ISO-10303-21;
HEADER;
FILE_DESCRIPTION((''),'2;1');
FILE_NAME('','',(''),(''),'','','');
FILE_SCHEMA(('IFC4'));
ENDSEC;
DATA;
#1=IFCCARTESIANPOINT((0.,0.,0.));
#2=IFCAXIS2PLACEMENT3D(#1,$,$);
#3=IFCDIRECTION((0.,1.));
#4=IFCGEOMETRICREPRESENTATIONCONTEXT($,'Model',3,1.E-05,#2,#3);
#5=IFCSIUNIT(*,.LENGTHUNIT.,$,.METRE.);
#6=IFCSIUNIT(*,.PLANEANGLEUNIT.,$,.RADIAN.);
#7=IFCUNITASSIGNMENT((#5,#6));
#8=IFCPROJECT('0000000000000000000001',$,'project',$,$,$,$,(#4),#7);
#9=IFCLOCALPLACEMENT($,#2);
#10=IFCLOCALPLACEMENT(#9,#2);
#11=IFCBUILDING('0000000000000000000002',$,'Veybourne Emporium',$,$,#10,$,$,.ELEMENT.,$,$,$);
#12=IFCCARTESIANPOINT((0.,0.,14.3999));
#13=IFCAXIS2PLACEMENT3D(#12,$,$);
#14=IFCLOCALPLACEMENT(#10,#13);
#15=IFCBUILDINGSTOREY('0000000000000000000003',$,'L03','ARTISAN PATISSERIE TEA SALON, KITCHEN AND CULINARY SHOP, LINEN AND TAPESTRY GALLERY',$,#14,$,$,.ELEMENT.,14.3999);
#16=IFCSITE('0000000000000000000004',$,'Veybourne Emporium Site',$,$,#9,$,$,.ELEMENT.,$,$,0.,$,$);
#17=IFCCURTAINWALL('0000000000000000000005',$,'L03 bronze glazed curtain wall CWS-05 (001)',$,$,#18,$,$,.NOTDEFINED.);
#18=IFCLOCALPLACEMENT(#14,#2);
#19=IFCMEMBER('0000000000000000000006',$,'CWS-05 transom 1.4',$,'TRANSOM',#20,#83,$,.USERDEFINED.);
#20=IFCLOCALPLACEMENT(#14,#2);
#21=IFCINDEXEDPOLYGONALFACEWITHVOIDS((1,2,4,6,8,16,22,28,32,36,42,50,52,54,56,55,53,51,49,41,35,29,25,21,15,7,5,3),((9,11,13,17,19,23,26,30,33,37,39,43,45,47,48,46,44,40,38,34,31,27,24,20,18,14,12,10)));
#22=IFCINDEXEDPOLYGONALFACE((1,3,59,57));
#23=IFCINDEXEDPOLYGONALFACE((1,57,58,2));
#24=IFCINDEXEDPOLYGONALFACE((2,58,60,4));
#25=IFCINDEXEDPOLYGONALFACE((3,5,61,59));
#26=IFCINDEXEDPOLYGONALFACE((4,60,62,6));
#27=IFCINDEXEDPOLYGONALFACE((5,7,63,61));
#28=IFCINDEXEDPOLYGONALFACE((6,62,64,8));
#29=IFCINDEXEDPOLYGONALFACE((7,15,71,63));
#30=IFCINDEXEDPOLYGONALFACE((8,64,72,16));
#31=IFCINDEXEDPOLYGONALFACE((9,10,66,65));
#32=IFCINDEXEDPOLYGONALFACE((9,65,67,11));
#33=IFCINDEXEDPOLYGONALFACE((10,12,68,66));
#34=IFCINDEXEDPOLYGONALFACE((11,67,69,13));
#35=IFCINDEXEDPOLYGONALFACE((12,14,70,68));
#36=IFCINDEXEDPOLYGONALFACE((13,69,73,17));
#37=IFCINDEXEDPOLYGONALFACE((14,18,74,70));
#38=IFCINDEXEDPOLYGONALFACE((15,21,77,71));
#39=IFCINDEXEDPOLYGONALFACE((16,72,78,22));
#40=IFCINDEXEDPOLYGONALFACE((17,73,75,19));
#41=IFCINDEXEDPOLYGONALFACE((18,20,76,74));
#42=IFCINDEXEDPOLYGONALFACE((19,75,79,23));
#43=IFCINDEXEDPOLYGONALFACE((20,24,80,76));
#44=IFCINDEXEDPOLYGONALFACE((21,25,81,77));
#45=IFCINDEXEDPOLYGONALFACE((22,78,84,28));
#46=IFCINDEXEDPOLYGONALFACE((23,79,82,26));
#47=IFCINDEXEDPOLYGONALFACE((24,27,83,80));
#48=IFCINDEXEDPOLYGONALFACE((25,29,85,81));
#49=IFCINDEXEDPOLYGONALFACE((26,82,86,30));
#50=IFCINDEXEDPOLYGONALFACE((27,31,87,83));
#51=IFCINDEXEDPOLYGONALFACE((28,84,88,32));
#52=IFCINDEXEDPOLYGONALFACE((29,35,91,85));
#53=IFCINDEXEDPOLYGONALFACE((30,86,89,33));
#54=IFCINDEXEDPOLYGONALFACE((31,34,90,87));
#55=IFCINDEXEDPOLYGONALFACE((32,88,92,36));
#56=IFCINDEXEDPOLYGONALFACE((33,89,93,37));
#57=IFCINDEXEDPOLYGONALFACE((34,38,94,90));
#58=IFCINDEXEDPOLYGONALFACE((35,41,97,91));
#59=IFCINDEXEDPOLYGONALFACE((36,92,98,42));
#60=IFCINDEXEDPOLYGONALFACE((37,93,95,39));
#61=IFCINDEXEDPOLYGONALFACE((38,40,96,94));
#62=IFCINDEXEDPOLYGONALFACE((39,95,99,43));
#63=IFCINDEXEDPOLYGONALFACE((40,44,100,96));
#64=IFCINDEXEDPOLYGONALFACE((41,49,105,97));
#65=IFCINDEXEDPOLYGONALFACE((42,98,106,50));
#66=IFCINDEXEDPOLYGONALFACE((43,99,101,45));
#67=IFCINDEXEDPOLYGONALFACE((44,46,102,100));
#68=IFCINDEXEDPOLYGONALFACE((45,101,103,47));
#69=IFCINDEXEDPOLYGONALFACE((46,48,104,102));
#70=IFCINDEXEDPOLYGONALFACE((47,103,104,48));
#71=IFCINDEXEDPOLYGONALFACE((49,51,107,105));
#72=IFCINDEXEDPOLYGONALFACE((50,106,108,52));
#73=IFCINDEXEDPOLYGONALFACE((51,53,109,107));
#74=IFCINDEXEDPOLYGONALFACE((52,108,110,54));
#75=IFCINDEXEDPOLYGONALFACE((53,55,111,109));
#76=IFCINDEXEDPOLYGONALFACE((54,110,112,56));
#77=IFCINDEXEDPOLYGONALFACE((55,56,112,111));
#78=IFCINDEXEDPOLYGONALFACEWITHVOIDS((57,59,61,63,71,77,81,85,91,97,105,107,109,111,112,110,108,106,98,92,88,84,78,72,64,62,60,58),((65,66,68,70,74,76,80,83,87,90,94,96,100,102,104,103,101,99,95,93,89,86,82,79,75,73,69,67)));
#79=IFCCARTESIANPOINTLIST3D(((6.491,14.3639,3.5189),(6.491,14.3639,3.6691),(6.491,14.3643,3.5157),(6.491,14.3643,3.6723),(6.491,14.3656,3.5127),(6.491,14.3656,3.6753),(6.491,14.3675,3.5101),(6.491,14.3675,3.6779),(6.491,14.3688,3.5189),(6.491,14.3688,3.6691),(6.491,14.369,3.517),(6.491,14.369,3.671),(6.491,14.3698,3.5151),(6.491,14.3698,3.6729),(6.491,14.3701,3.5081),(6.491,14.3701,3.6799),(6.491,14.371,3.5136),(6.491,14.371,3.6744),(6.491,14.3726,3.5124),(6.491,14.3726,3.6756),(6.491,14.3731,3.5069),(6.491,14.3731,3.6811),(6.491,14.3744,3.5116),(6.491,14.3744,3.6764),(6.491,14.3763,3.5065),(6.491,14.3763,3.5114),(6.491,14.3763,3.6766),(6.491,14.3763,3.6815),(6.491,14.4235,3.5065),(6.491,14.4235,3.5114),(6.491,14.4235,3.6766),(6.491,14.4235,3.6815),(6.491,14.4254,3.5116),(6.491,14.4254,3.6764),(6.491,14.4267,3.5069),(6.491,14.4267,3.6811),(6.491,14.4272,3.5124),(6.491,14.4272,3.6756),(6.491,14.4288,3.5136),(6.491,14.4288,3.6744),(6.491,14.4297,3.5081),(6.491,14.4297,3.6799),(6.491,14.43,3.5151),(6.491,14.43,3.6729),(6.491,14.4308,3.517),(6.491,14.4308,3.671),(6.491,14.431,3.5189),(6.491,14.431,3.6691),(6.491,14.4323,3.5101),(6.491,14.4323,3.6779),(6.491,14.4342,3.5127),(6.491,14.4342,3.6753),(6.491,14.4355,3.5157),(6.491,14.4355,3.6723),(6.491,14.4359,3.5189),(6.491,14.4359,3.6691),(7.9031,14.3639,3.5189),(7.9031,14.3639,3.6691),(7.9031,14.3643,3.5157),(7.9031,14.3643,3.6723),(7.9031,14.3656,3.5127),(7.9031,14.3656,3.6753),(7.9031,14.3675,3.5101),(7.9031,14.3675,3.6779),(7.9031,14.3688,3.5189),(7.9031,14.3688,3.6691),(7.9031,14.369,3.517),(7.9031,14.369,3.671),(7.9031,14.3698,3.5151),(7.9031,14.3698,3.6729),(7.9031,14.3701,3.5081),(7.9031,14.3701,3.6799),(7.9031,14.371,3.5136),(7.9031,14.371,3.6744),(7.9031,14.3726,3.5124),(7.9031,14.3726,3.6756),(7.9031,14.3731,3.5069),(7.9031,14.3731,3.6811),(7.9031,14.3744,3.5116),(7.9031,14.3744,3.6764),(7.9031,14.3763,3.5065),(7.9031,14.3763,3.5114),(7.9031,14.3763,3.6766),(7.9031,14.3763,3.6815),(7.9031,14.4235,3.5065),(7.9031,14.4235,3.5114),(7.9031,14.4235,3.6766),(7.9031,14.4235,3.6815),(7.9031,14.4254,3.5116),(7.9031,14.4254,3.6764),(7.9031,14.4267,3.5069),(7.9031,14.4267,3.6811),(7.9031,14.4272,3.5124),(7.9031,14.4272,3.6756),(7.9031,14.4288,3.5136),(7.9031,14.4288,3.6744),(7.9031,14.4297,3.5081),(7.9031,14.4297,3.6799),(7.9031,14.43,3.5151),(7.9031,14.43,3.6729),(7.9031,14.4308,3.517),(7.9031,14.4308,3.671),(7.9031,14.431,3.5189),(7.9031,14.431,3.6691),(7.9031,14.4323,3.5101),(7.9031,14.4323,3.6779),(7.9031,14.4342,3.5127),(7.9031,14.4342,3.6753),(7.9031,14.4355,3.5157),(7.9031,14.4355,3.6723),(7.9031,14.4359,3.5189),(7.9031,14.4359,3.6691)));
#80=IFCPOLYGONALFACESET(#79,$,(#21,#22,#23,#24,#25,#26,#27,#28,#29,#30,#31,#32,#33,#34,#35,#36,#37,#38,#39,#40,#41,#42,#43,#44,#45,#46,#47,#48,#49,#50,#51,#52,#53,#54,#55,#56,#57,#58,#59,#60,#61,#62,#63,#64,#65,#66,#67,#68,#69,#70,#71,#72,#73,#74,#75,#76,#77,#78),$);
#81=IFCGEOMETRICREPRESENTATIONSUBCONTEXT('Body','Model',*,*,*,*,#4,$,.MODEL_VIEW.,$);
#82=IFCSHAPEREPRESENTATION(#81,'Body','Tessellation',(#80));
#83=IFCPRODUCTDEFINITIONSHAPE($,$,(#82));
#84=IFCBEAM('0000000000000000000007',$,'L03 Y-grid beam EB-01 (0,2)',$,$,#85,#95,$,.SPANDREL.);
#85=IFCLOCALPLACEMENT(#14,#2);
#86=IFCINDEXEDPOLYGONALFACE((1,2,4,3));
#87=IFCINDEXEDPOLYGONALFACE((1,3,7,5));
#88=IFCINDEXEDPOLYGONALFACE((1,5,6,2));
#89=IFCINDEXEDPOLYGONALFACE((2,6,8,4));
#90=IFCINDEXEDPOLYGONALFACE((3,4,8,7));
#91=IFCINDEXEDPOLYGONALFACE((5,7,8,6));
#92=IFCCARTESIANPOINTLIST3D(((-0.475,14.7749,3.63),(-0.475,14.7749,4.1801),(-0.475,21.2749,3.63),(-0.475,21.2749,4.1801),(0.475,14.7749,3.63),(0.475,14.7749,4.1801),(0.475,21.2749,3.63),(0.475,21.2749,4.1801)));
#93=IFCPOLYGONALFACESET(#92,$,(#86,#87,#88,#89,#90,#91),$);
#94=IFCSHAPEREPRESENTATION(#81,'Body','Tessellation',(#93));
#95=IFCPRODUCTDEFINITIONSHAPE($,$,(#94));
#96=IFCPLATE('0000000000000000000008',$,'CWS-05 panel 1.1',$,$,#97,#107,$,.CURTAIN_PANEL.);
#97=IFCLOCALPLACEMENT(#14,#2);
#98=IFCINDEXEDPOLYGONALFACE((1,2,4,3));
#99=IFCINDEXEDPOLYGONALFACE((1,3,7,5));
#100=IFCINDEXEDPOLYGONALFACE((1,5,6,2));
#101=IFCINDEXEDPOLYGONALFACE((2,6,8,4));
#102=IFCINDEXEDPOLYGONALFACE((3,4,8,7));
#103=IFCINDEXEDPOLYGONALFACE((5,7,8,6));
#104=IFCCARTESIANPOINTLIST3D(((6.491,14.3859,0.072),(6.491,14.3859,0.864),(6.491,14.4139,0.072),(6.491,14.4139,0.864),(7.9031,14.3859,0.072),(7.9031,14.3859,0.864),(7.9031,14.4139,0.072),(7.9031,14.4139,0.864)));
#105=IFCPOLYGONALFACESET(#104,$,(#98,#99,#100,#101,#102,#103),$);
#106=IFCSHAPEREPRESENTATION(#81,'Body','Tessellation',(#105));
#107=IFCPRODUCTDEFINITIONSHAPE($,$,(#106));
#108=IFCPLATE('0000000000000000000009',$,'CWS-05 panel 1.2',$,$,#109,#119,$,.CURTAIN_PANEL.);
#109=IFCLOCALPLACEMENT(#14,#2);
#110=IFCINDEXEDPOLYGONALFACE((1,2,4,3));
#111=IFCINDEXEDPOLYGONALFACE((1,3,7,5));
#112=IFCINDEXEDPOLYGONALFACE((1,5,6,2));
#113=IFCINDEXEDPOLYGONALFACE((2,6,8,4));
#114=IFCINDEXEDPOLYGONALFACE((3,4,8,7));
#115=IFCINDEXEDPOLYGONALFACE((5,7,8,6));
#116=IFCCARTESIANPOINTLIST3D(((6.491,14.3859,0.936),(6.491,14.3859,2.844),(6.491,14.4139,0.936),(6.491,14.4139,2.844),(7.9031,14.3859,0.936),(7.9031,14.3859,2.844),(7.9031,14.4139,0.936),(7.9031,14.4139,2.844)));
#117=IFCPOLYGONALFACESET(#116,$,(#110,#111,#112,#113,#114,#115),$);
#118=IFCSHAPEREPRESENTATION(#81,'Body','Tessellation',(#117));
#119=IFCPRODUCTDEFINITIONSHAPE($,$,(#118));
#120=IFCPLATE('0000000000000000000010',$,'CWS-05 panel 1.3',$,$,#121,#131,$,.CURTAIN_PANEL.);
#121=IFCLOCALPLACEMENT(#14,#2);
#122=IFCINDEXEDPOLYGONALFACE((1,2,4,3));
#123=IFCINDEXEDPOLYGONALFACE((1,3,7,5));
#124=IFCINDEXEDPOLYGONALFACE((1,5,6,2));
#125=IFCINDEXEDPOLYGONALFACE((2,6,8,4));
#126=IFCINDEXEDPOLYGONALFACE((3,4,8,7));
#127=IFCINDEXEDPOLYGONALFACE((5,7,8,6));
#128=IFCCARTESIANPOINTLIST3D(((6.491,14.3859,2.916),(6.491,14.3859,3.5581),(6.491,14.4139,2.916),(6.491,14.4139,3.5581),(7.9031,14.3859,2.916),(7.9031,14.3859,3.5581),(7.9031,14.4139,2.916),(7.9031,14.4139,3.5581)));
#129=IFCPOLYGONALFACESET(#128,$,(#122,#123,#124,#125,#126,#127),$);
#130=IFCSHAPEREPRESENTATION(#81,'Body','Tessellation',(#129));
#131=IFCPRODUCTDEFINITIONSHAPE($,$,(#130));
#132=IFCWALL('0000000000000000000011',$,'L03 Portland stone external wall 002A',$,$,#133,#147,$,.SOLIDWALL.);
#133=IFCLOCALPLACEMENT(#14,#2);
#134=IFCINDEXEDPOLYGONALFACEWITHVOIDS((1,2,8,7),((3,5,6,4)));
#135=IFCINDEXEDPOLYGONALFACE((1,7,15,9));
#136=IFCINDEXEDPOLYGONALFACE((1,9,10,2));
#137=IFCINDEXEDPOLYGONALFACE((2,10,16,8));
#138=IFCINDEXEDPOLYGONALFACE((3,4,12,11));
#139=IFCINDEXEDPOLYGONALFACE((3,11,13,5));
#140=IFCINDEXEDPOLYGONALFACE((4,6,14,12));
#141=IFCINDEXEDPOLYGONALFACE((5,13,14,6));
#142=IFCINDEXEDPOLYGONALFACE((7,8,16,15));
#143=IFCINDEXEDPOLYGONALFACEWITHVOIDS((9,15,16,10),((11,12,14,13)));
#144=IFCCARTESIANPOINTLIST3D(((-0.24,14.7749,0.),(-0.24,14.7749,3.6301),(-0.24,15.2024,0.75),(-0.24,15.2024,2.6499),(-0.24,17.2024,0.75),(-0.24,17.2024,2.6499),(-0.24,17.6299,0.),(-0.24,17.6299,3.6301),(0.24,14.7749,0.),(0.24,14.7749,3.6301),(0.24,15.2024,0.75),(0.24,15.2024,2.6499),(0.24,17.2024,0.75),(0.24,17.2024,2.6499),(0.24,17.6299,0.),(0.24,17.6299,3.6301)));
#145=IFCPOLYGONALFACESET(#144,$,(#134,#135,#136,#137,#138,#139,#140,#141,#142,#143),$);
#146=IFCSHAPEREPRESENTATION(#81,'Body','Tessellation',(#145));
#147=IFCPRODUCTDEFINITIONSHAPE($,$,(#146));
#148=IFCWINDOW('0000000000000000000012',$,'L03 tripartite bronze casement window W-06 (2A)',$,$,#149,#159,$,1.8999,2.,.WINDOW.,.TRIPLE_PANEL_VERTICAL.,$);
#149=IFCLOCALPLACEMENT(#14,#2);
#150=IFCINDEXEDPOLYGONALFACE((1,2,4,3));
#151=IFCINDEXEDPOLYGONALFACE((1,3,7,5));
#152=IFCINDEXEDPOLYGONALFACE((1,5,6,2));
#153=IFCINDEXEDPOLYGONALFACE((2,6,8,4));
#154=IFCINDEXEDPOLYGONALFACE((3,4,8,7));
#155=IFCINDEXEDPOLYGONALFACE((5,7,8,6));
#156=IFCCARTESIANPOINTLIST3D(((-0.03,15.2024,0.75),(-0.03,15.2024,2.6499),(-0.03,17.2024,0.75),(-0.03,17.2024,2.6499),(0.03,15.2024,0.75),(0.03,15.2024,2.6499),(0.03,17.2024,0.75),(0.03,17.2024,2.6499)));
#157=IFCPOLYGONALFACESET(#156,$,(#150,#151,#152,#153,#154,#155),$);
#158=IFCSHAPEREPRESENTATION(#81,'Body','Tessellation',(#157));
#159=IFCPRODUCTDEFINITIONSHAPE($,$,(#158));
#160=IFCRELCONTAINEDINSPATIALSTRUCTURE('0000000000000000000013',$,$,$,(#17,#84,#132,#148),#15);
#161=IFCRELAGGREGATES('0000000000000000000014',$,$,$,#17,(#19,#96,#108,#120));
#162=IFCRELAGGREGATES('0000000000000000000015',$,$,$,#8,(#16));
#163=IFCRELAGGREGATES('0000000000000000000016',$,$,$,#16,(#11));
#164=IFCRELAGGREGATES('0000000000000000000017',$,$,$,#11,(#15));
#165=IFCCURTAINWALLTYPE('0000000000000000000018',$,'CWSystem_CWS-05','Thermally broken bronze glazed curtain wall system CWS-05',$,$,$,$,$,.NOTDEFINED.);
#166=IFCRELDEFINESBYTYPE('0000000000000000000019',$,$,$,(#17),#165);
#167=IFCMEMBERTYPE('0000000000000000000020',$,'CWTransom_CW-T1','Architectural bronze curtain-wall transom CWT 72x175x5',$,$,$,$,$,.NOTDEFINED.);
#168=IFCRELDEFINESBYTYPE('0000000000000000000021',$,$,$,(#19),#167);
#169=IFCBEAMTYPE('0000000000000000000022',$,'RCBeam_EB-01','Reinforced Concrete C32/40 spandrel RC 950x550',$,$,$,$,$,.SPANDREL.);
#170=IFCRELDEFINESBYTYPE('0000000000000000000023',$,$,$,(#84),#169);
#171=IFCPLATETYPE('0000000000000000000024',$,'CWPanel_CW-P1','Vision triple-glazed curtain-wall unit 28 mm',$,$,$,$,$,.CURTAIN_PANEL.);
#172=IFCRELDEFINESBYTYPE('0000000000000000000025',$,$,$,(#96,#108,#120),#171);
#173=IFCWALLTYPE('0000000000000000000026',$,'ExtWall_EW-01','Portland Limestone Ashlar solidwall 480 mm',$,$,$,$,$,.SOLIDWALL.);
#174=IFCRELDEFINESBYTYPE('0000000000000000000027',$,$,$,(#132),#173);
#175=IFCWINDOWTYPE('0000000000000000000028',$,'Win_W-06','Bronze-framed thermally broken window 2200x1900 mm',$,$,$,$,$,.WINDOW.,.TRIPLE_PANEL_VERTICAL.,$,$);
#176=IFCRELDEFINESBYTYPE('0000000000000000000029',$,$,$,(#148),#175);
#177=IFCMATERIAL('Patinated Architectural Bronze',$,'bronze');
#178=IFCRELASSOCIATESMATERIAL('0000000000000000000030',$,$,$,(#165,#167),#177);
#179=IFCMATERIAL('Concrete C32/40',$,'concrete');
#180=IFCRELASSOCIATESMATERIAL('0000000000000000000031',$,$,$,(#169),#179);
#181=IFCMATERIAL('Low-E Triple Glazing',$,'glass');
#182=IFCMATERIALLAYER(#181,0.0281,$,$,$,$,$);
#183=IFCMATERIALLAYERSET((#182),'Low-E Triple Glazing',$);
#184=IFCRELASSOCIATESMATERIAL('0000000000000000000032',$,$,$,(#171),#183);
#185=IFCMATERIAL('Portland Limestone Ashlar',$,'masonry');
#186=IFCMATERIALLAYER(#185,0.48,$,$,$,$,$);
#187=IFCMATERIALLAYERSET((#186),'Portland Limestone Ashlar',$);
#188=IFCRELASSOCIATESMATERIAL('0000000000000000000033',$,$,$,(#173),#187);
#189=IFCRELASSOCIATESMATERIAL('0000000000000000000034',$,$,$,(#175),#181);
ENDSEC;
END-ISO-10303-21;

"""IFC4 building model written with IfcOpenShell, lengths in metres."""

from ifc_helpers import new_model, si_unit, direction, frame, frame_2d, origin, origin_2d, place, context, subcontext, project, spatial, rectangle, hollow_rectangle, extrude, material, layer, layer_set, material_profile, profile_set, type_object, element, fill, aggregate, save


model = new_model("IFC4")

# Units and contexts
model_context = context("Model", 3, precision=1e-05, world=origin(), true_north=direction((0.0, 1.0)))
body_context = subcontext(model_context, "Body", "Model", "MODEL_VIEW")
ifc_project = project(units=[si_unit("LENGTHUNIT", "METRE"), si_unit("PLANEANGLEUNIT", "RADIAN")], contexts=[model_context])

# Site, building, storey
site_placement = place(None, origin())
site = spatial("IfcSite", under=ifc_project, at=site_placement, Name="Veybourne Emporium Site", CompositionType="ELEMENT", RefElevation=0.0)
building_placement = place(site_placement, origin())
building = spatial("IfcBuilding", under=site, at=building_placement, Name="Veybourne Emporium", CompositionType="ELEMENT")
storey_placement = place(building_placement, frame((0.0, 0.0, 14.3999)))
storey = spatial("IfcBuildingStorey", under=building, at=storey_placement, Name="L03", Description="ARTISAN PATISSERIE TEA SALON, KITCHEN AND CULINARY SHOP, LINEN AND TAPESTRY GALLERY", CompositionType="ELEMENT", Elevation=14.3999)

# Curtain wall, member
ifc_material_1 = material(Name="Patinated Architectural Bronze", Category="bronze")
curtain_wall_type = type_object("IfcCurtainWallType", Name="CWSystem_CWS-05", Description="Thermally broken bronze glazed curtain wall system CWS-05", PredefinedType="NOTDEFINED", material=ifc_material_1)
curtain_wall_placement = place(storey_placement, origin())
curtain_wall = element("IfcCurtainWall", 1, at=curtain_wall_placement, inside=storey, type_object=curtain_wall_type, Name="L03 bronze glazed curtain wall CWS-05 (001)", PredefinedType="NOTDEFINED")
ifc_material_profile_1 = material_profile(ifc_material_1, hollow_rectangle(XDim=0.072, YDim=0.175, WallThickness=0.0049, InnerFilletRadius=0.0076, OuterFilletRadius=0.0125, at=origin_2d()), Name="CWT 72x175x5")
ifc_profile_set_1 = profile_set([ifc_material_profile_1], Name="Patinated Architectural Bronze")
member_type_1 = type_object("IfcMemberType", Name="CWTransom_CW-T1", Description="Architectural bronze curtain-wall transom CWT 72x175x5", PredefinedType="NOTDEFINED", material=ifc_profile_set_1)
member_1_placement = place(storey_placement, frame((7.9031, 14.3999, 3.594), z_axis=(-1.0, 0.0, 0.0), x_axis=(0.0, -1.0, 0.0)))
member_1 = element("IfcMember", 2, at=member_1_placement, type_object=member_type_1, Name="CWS-05 transom 1.4", ObjectType="TRANSOM", PredefinedType="USERDEFINED", context=body_context, shape_type="SweptSolid", body=[
    extrude(hollow_rectangle(XDim=0.072, YDim=0.175, WallThickness=0.0049, InnerFilletRadius=0.0076, OuterFilletRadius=0.0125, at=origin_2d()), origin(), (0.0, 0.0, 1.0), 1.4121),
])

# Beam
ifc_material_2 = material(Name="Concrete C32/40", Category="concrete")
ifc_material_profile_2 = material_profile(ifc_material_2, rectangle(XDim=0.95, YDim=0.55, at=origin_2d()), Name="RC 950x550")
ifc_profile_set_2 = profile_set([ifc_material_profile_2], Name="Concrete C32/40")
beam_type = type_object("IfcBeamType", Name="RCBeam_EB-01", Description="Reinforced Concrete C32/40 spandrel RC 950x550", PredefinedType="SPANDREL", material=ifc_profile_set_2)
beam_placement = place(storey_placement, frame((0.0, 14.7749, 3.905), z_axis=(0.0, 1.0, 0.0), x_axis=(-1.0, 0.0, 0.0)))
element("IfcBeam", 3, at=beam_placement, inside=storey, type_object=beam_type, Name="L03 Y-grid beam EB-01 (0,2)", PredefinedType="SPANDREL", context=body_context, shape_type="SweptSolid", body=[
    extrude(rectangle(XDim=0.95, YDim=0.55, at=origin_2d()), origin(), (0.0, 0.0, 1.0), 6.5),
])

# Plates
ifc_material_3 = material(Name="Low-E Triple Glazing", Category="glass")
ifc_layer_1 = layer(ifc_material_3, 0.0281)
ifc_layer_set_1 = layer_set([ifc_layer_1], Name="Low-E Triple Glazing")
plate_type = type_object("IfcPlateType", Name="CWPanel_CW-P1", Description="Vision triple-glazed curtain-wall unit 28 mm", PredefinedType="CURTAIN_PANEL", material=ifc_layer_set_1)
plate_1_placement = place(storey_placement, frame((7.197, 14.3999, 0.072), z_axis=(0.0, 0.0, 1.0), x_axis=(-1.0, 0.0, 0.0)))
plate_1 = element("IfcPlate", 4, at=plate_1_placement, type_object=plate_type, Name="CWS-05 panel 1.1", PredefinedType="CURTAIN_PANEL", context=body_context, shape_type="SweptSolid", body=[
    extrude(rectangle(XDim=1.4121, YDim=0.0281, at=origin_2d()), origin(), (0.0, 0.0, 1.0), 0.792),
])
plate_2_placement = place(storey_placement, frame((7.197, 14.3999, 0.936), z_axis=(0.0, 0.0, 1.0), x_axis=(-1.0, 0.0, 0.0)))
plate_2 = element("IfcPlate", 5, at=plate_2_placement, type_object=plate_type, Name="CWS-05 panel 1.2", PredefinedType="CURTAIN_PANEL", context=body_context, shape_type="SweptSolid", body=[
    extrude(rectangle(XDim=1.4121, YDim=0.0281, at=origin_2d()), origin(), (0.0, 0.0, 1.0), 1.908),
])
plate_3_placement = place(storey_placement, frame((7.197, 14.3999, 2.916), z_axis=(0.0, 0.0, 1.0), x_axis=(-1.0, 0.0, 0.0)))
plate_3 = element("IfcPlate", 6, at=plate_3_placement, type_object=plate_type, Name="CWS-05 panel 1.3", PredefinedType="CURTAIN_PANEL", context=body_context, shape_type="SweptSolid", body=[
    extrude(rectangle(XDim=1.4121, YDim=0.0281, at=origin_2d()), origin(), (0.0, 0.0, 1.0), 0.6421),
])
aggregate(curtain_wall, [member_1, plate_1, plate_2, plate_3])

# Wall, opening, window
ifc_material_4 = material(Name="Portland Limestone Ashlar", Category="masonry")
ifc_layer_2 = layer(ifc_material_4, 0.48)
ifc_layer_set_2 = layer_set([ifc_layer_2], Name="Portland Limestone Ashlar")
wall_type = type_object("IfcWallType", Name="ExtWall_EW-01", Description="Portland Limestone Ashlar solidwall 480 mm", PredefinedType="SOLIDWALL", material=ifc_layer_set_2)
wall_1_placement = place(storey_placement, frame((0.0, 14.7749, 0.0), z_axis=(0.0, 0.0, 1.0), x_axis=(0.0, 1.0, 0.0)))
wall_1 = element("IfcWall", 7, at=wall_1_placement, inside=storey, type_object=wall_type, Name="L03 Portland stone external wall 002A", PredefinedType="SOLIDWALL", context=body_context, shape_type="SweptSolid", body=[
    extrude(rectangle(XDim=2.855, YDim=0.48, at=frame_2d((1.4275, 0.0))), origin(), (0.0, 0.0, 1.0), 3.6301),
])
opening_1_placement = place(wall_1_placement, frame((0.4275, 0.0, 0.75)))
opening_1 = element("IfcOpeningElement", 8, at=opening_1_placement, cuts=wall_1, PredefinedType="OPENING", context=body_context, shape_type="SweptSolid", body=[
    extrude(rectangle(XDim=2.0, YDim=1.8999, at=frame_2d((1.0, 0.95))), frame((0.0, 0.26, 0.0), z_axis=(0.0, -1.0, 0.0), x_axis=(1.0, 0.0, 0.0)), (0.0, 0.0, 1.0), 0.52),
])
window_type_1 = type_object("IfcWindowType", Name="Win_W-06", Description="Bronze-framed thermally broken window 2200x1900 mm", PartitioningType="TRIPLE_PANEL_VERTICAL", PredefinedType="WINDOW", material=ifc_material_3)
window_1_placement = place(opening_1_placement, origin())
window_1 = element("IfcWindow", 9, at=window_1_placement, inside=storey, type_object=window_type_1, Name="L03 tripartite bronze casement window W-06 (2A)", OverallHeight=1.8999, OverallWidth=2.0, PartitioningType="TRIPLE_PANEL_VERTICAL", PredefinedType="WINDOW", context=body_context, shape_type="SweptSolid", body=[
    extrude(rectangle(XDim=2.0, YDim=1.8999, at=frame_2d((1.0, 0.95))), frame((0.0, 0.03, 0.0), z_axis=(0.0, -1.0, 0.0), x_axis=(1.0, 0.0, 0.0)), (0.0, 0.0, 1.0), 0.0601),
])
fill(opening_1, window_1)

save(model, "model.ifc")
